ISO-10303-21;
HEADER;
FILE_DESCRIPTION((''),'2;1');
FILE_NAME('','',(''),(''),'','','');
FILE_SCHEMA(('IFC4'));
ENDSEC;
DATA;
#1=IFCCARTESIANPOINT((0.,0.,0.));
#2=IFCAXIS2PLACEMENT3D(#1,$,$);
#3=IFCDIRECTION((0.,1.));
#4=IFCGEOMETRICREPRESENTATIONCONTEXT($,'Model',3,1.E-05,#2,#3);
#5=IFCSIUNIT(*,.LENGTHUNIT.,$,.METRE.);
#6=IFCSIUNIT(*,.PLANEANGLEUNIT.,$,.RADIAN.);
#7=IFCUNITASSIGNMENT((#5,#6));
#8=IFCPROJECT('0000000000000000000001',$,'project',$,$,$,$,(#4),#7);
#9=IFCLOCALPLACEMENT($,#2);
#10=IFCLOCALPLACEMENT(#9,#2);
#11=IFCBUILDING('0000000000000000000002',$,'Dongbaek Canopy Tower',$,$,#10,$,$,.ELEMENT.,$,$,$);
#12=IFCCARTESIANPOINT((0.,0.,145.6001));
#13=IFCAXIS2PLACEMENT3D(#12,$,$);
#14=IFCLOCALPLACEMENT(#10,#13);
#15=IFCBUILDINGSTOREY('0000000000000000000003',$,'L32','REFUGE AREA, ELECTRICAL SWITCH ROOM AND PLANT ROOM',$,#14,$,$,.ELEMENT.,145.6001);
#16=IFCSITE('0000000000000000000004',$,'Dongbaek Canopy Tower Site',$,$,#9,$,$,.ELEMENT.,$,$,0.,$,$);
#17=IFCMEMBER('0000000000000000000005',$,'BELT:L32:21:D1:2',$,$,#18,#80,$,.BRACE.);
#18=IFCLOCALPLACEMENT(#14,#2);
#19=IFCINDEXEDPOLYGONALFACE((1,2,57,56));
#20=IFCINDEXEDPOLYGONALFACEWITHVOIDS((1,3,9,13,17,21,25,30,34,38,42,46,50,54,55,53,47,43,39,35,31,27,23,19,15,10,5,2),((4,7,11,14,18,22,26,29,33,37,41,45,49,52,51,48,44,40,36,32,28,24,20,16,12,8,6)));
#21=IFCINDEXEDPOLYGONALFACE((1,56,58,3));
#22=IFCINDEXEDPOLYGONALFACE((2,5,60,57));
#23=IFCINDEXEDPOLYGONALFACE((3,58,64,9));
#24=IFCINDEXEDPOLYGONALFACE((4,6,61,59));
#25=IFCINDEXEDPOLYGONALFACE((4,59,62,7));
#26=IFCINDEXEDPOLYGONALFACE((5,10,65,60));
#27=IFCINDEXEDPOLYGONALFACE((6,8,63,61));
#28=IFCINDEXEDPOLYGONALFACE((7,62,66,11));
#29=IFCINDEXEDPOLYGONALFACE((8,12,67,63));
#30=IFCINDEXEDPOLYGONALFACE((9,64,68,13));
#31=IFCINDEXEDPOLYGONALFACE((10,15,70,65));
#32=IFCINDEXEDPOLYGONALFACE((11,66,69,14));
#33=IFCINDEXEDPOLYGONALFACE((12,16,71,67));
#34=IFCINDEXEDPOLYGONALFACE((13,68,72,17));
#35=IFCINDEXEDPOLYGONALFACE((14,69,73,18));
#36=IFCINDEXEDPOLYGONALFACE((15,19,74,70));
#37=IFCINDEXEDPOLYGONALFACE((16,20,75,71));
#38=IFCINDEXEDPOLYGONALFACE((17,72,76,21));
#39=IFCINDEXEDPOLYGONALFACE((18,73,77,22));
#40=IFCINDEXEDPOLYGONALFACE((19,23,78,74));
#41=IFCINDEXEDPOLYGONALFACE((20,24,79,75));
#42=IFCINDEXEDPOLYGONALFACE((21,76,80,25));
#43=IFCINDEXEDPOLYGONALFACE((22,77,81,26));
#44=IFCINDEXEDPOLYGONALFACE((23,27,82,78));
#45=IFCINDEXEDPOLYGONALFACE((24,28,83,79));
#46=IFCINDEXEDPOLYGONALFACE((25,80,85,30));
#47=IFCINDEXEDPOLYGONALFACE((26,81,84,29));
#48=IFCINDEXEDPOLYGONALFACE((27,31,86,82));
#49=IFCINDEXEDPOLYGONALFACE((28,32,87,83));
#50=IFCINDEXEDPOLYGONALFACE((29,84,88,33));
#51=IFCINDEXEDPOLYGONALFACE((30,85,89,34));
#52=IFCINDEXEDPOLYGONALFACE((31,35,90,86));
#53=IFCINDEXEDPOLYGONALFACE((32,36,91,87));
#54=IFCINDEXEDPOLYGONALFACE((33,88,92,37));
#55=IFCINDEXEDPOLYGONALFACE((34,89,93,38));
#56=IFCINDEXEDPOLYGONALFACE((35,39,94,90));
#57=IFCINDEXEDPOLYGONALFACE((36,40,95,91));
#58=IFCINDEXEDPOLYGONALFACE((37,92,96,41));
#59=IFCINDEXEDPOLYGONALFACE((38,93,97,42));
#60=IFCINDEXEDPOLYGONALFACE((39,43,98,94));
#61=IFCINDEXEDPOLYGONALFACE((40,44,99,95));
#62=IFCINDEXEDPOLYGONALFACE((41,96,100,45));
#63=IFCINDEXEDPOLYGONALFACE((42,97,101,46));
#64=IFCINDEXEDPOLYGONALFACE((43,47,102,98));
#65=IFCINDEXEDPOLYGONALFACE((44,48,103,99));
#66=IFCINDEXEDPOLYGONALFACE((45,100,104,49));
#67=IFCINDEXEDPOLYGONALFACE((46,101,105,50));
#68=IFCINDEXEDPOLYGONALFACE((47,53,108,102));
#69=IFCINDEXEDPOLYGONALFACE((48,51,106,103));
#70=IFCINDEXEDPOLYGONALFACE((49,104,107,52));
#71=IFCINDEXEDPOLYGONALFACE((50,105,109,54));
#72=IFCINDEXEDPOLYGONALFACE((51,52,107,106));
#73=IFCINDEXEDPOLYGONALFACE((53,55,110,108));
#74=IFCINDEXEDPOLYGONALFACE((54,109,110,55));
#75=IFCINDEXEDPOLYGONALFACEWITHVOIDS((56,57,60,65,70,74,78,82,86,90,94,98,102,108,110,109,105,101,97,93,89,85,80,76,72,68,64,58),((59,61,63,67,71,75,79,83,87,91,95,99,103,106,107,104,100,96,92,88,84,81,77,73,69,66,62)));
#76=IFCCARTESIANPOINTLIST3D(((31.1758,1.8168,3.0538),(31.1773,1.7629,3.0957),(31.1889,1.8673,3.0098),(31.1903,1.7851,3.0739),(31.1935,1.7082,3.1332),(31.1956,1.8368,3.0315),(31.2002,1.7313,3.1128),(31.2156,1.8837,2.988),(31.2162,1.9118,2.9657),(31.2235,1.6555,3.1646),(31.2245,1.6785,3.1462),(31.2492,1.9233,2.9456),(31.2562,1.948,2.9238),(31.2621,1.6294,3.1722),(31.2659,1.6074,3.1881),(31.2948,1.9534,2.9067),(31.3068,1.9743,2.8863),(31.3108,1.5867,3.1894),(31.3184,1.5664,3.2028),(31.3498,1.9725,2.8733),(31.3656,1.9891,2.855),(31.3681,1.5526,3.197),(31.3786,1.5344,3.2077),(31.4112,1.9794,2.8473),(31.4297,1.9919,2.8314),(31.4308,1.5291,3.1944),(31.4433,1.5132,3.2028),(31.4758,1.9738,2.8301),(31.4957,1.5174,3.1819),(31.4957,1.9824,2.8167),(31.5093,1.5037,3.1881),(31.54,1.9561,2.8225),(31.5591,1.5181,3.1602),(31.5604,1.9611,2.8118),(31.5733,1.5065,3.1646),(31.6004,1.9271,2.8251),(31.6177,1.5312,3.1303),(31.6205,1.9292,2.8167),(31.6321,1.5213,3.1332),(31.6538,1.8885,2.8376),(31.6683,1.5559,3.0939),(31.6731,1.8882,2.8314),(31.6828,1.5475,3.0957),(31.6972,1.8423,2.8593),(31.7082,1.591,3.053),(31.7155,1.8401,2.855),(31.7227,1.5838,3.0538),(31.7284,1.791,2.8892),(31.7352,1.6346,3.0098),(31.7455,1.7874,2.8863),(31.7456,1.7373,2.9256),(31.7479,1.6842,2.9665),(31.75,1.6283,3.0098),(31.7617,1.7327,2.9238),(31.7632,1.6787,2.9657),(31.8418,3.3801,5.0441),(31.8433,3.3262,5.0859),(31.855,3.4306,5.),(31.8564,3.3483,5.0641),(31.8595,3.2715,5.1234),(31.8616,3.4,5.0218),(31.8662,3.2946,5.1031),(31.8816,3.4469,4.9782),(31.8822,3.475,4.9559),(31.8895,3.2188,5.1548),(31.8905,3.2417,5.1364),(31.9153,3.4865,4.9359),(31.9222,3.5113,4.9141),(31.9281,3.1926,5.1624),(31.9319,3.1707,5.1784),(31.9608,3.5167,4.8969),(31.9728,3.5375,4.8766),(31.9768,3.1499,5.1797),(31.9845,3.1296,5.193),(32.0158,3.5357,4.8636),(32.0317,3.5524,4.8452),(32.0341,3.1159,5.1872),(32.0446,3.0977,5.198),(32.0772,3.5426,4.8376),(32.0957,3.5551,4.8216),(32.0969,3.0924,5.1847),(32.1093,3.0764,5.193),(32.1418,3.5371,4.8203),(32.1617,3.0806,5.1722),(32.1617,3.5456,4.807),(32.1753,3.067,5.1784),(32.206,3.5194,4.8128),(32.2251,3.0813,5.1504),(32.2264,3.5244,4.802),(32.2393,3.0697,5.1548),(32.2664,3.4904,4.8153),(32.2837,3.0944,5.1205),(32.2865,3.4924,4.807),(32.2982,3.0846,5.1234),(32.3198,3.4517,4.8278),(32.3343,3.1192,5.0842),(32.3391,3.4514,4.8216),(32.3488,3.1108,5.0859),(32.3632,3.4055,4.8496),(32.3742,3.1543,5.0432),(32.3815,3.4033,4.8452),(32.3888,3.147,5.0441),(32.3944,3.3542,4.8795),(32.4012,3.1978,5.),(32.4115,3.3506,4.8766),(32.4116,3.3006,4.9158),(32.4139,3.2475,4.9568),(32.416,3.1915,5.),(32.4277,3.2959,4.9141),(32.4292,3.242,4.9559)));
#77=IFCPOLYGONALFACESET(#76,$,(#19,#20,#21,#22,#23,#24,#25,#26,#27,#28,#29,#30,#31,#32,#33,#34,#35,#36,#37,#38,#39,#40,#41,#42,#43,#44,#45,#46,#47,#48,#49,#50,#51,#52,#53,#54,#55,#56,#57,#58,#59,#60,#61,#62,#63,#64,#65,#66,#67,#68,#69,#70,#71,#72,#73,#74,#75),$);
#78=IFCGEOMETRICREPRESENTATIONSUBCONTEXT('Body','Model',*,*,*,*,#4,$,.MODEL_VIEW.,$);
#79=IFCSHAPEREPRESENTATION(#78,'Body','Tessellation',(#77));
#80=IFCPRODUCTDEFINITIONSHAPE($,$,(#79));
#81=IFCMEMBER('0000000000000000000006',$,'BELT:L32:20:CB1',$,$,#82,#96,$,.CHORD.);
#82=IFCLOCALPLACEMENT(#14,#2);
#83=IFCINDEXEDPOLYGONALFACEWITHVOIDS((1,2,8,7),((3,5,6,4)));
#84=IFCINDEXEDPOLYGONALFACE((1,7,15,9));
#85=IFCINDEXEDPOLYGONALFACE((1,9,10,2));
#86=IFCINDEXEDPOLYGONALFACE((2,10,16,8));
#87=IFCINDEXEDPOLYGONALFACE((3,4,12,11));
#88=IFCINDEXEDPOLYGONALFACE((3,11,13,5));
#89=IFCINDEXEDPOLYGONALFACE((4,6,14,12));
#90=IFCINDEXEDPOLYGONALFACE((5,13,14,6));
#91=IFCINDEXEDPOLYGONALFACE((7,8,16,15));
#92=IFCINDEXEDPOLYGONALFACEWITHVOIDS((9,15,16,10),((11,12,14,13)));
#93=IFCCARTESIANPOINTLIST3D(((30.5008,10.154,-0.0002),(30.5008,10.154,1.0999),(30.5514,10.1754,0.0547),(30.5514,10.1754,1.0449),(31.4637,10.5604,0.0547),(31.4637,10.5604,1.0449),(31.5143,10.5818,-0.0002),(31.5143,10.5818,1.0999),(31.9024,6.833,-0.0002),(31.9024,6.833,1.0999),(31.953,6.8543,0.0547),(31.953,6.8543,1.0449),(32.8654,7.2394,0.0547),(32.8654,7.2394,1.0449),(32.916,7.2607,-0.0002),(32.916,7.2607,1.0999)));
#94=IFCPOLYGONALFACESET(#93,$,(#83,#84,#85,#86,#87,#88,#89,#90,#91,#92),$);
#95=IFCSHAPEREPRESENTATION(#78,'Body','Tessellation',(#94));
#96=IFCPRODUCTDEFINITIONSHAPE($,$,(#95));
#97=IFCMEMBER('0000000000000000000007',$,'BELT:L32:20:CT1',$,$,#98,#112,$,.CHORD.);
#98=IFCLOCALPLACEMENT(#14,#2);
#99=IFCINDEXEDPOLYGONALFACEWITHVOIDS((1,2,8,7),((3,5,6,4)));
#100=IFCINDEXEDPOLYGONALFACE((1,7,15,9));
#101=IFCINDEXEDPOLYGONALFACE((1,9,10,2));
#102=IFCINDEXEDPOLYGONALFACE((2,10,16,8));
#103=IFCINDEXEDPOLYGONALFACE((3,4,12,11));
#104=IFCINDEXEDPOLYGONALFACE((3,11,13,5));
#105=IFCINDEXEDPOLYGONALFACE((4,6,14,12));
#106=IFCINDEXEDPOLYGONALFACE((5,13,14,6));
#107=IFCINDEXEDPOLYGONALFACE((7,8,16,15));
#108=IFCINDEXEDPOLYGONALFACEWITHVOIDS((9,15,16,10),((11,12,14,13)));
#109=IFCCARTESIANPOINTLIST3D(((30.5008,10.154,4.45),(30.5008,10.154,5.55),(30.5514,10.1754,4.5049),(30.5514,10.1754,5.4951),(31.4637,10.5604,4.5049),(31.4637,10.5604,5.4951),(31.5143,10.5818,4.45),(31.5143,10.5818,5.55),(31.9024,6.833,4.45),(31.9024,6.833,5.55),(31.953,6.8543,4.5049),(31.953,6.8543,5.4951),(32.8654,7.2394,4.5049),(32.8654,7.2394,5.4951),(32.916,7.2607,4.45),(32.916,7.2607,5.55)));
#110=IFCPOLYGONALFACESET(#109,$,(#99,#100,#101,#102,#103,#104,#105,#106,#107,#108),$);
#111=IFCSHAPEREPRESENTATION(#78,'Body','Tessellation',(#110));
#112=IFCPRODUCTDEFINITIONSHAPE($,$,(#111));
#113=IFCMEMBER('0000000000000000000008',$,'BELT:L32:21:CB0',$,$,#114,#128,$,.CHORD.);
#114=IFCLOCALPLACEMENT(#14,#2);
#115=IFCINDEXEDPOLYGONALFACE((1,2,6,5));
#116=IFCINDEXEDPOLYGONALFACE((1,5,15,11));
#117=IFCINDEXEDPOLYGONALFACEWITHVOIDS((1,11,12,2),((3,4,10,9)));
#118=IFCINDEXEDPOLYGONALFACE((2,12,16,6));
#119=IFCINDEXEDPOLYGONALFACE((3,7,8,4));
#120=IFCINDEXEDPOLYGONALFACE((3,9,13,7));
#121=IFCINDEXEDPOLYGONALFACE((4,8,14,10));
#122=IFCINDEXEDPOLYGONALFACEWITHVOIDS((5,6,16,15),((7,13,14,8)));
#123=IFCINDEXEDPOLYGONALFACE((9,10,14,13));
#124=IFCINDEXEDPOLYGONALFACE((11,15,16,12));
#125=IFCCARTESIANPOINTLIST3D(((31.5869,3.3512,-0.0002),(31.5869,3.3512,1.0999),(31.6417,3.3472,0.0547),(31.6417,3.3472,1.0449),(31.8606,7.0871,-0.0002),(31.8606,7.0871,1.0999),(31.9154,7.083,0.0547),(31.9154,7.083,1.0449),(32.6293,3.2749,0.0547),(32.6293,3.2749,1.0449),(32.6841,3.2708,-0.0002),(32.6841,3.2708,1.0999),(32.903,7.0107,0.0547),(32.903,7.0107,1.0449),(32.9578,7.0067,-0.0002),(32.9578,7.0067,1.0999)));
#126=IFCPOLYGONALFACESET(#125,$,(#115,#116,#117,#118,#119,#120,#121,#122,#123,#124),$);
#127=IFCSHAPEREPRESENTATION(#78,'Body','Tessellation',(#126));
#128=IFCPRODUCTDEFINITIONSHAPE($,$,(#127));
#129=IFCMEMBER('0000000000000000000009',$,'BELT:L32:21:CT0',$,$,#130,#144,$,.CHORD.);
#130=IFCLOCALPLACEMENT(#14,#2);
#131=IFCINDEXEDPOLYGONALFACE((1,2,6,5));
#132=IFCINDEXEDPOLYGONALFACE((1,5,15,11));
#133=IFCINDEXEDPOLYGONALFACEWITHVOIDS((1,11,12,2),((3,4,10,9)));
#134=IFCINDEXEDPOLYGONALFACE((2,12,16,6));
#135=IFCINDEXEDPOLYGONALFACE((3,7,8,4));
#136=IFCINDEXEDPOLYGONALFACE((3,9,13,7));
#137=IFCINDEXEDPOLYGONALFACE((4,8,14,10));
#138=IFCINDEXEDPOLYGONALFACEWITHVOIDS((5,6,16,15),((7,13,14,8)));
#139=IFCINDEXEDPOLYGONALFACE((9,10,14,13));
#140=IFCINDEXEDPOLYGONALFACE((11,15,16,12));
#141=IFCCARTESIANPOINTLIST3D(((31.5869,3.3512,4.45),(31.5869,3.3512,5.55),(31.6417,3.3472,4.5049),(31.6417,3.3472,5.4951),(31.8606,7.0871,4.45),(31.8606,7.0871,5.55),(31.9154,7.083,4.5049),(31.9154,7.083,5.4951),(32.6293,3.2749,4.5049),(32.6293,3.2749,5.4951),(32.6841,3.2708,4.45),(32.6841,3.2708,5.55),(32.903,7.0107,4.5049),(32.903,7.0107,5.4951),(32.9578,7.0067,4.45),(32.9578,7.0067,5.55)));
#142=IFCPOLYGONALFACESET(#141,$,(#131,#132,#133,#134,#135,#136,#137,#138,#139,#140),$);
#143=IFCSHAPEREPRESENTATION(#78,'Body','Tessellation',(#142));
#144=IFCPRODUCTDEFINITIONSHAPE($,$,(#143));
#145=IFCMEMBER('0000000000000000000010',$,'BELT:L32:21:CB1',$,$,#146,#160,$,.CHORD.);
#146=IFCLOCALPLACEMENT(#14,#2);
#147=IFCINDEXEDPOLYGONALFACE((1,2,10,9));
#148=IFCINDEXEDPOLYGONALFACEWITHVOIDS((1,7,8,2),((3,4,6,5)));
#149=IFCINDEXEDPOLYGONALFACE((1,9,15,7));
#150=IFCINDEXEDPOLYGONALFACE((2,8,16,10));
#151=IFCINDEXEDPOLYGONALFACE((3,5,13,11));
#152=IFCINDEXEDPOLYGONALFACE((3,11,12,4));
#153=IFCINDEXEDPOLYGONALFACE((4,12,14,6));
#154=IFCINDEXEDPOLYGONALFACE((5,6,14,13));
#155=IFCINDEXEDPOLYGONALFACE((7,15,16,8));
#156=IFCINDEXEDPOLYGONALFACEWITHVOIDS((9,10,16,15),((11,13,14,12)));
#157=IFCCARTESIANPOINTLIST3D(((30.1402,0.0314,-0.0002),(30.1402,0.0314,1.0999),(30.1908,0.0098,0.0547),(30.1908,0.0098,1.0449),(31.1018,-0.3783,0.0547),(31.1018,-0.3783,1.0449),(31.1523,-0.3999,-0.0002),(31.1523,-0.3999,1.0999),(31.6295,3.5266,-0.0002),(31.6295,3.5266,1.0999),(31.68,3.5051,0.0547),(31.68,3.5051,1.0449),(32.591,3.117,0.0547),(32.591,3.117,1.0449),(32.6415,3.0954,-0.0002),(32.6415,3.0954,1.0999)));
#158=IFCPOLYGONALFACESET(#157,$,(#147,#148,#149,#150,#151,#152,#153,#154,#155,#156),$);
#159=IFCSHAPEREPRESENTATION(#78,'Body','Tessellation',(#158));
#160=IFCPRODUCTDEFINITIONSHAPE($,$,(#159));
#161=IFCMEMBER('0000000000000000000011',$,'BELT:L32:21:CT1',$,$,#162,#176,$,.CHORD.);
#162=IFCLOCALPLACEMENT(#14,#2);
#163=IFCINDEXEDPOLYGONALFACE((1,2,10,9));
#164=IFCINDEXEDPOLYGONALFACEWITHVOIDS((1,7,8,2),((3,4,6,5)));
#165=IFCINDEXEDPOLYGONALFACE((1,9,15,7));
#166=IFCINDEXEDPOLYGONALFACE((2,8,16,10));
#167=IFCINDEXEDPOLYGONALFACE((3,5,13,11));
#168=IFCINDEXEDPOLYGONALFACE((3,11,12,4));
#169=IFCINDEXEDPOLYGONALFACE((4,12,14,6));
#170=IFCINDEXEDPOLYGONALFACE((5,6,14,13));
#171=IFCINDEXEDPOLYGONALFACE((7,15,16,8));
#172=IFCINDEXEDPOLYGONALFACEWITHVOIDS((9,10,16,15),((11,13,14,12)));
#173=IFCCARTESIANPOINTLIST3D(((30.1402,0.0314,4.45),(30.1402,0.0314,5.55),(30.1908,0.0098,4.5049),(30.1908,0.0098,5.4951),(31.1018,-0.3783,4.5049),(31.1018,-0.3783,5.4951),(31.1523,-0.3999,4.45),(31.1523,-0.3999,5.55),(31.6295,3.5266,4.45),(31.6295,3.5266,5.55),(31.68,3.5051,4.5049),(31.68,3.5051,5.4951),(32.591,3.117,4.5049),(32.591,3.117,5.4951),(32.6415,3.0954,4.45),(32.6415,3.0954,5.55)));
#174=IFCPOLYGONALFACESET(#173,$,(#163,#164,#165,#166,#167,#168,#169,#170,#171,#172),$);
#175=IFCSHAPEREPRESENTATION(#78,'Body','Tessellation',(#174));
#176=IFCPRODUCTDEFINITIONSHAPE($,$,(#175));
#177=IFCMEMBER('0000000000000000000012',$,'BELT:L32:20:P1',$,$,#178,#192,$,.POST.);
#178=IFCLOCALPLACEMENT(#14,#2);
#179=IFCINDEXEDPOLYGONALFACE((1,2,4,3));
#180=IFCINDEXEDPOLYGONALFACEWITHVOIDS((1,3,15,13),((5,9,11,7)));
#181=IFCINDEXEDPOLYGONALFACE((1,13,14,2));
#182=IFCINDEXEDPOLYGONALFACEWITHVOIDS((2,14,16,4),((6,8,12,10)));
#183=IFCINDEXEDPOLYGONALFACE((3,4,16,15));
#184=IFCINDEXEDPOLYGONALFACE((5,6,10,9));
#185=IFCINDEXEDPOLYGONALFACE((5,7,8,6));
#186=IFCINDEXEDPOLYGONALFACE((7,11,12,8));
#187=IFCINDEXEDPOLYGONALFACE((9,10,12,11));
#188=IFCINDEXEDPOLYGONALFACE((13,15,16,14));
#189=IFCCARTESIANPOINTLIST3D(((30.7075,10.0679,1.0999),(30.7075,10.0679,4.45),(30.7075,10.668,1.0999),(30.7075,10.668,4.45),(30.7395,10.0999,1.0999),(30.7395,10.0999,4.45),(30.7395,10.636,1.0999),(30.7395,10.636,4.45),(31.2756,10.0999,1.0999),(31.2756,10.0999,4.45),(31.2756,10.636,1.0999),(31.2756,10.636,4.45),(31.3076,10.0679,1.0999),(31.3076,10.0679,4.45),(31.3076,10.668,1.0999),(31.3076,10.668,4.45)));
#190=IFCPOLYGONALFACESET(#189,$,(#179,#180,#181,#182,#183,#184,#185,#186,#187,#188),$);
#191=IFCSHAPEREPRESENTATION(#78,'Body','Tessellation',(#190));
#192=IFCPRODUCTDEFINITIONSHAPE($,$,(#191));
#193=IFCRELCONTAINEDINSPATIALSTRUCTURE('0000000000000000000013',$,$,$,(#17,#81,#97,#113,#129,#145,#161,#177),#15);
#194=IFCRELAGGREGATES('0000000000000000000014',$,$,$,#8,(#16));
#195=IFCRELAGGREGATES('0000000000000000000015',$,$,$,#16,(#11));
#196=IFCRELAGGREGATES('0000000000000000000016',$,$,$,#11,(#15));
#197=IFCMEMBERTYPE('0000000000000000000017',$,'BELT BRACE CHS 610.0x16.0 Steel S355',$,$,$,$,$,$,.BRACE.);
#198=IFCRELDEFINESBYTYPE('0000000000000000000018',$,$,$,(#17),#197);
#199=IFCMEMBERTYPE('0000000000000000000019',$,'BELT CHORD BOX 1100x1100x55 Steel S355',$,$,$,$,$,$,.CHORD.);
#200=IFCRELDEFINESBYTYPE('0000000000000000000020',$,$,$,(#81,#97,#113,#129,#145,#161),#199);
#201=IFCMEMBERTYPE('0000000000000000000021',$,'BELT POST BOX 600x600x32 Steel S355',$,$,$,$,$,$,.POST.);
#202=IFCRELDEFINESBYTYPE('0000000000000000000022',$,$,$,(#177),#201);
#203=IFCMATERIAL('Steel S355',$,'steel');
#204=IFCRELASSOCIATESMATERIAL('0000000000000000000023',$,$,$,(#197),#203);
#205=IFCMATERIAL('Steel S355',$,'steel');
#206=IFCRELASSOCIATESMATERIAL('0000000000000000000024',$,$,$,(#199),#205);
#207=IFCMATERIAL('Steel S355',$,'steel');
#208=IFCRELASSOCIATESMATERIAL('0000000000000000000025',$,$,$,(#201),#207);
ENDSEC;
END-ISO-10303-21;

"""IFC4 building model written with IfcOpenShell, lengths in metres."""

from ifc_helpers import new_model, si_unit, direction, frame, origin, origin_2d, place, context, subcontext, project, spatial, hollow_rectangle, hollow_circle, extrude, material, material_profile, profile_set, type_object, element, save


model = new_model("IFC4")

# Units and contexts
model_context = context("Model", 3, precision=1e-05, world=origin(), true_north=direction((0.0, 1.0)))
body_context = subcontext(model_context, "Body", "Model", "MODEL_VIEW")
ifc_project = project(units=[si_unit("LENGTHUNIT", "METRE"), si_unit("PLANEANGLEUNIT", "RADIAN")], contexts=[model_context])

# Site, building, storey
site_placement = place(None, origin())
site = spatial("IfcSite", under=ifc_project, at=site_placement, Name="Dongbaek Canopy Tower Site", CompositionType="ELEMENT", RefElevation=0.0)
building_placement = place(site_placement, origin())
building = spatial("IfcBuilding", under=site, at=building_placement, Name="Dongbaek Canopy Tower", CompositionType="ELEMENT")
storey_placement = place(building_placement, frame((0.0, 0.0, 145.6001)))
storey = spatial("IfcBuildingStorey", under=building, at=storey_placement, Name="L32", Description="REFUGE AREA, ELECTRICAL SWITCH ROOM AND PLANT ROOM", CompositionType="ELEMENT", Elevation=145.6001)

# Members
ifc_material_1 = material(Name="Steel S355", Category="steel")
ifc_material_profile_1 = material_profile(ifc_material_1, hollow_circle(Radius=0.3049, WallThickness=0.0161, at=origin_2d()), Name="BELT BRACE CHS 610.0x16.0 Steel S355")
ifc_profile_set_1 = profile_set([ifc_material_profile_1], Name="Steel S355")
member_type_1 = type_object("IfcMemberType", Name="BELT BRACE CHS 610.0x16.0 Steel S355", PredefinedType="BRACE", material=ifc_profile_set_1)
member_1_placement = place(storey_placement, frame((32.1355, 3.311, 5.0), z_axis=(-0.254503, -0.597354, -0.760524), x_axis=(0.919983, -0.391959, 0.0)))
element("IfcMember", 1, at=member_1_placement, inside=storey, type_object=member_type_1, Name="BELT:L32:21:D1:2", PredefinedType="BRACE", context=body_context, shape_type="SweptSolid", body=[
    extrude(hollow_circle(Radius=0.3049, WallThickness=0.0161, at=origin_2d()), origin(), (0.0, 0.0, 1.0), 2.6169),
])
ifc_material_2 = material(Name="Steel S355", Category="steel")
ifc_material_profile_2 = material_profile(ifc_material_2, hollow_rectangle(XDim=1.1001, YDim=1.1001, WallThickness=0.0549, at=origin_2d()), Name="BELT CHORD BOX 1100x1100x55 Steel S355")
ifc_profile_set_2 = profile_set([ifc_material_profile_2], Name="Steel S355")
member_type_2 = type_object("IfcMemberType", Name="BELT CHORD BOX 1100x1100x55 Steel S355", PredefinedType="CHORD", material=ifc_profile_set_2)
for number, where, z_axis, x_axis, name in (
    (2, (31.0076, 10.3679, 0.5498), (0.388829, -0.92131, 0.0), (0.92131, 0.388829, 0.0), "BELT:L32:20:CB1"),
    (3, (31.0076, 10.3679, 5.0), (0.388829, -0.92131, 0.0), (0.92131, 0.388829, 0.0), "BELT:L32:20:CT1"),
):
    element("IfcMember", number, at=place(storey_placement, frame(where, z_axis=z_axis, x_axis=x_axis)), inside=storey, type_object=member_type_2, Name=name, PredefinedType="CHORD", context=body_context, shape_type="SweptSolid", body=[
        extrude(hollow_rectangle(XDim=1.1001, YDim=1.1001, WallThickness=0.0549, at=origin_2d()), origin(), (0.0, 0.0, 1.0), 3.6047),
    ])
for number, where, z_axis, x_axis, name in (
    (4, (32.4092, 7.0469, 0.5498), (-0.073063, -0.997327, 0.0), (0.997327, -0.073063, 0.0), "BELT:L32:21:CB0"),
    (5, (32.4092, 7.0469, 5.0), (-0.073063, -0.997327, 0.0), (0.997327, -0.073063, 0.0), "BELT:L32:21:CT0"),
):
    element("IfcMember", number, at=place(storey_placement, frame(where, z_axis=z_axis, x_axis=x_axis)), inside=storey, type_object=member_type_2, Name=name, PredefinedType="CHORD", context=body_context, shape_type="SweptSolid", body=[
        extrude(hollow_rectangle(XDim=1.1001, YDim=1.1001, WallThickness=0.0549, at=origin_2d()), origin(), (0.0, 0.0, 1.0), 3.7458),
    ])
for number, where, z_axis, x_axis, name in (
    (6, (32.1355, 3.311, 0.5498), (-0.391972, -0.919977, 0.0), (0.919977, -0.391972, 0.0), "BELT:L32:21:CB1"),
    (7, (32.1355, 3.311, 5.0), (-0.391972, -0.919977, 0.0), (0.919977, -0.391972, 0.0), "BELT:L32:21:CT1"),
):
    element("IfcMember", number, at=place(storey_placement, frame(where, z_axis=z_axis, x_axis=x_axis)), inside=storey, type_object=member_type_2, Name=name, PredefinedType="CHORD", context=body_context, shape_type="SweptSolid", body=[
        extrude(hollow_rectangle(XDim=1.1001, YDim=1.1001, WallThickness=0.0549, at=origin_2d()), origin(), (0.0, 0.0, 1.0), 3.7993),
    ])
ifc_material_3 = material(Name="Steel S355", Category="steel")
ifc_material_profile_3 = material_profile(ifc_material_3, hollow_rectangle(XDim=0.6001, YDim=0.6001, WallThickness=0.032, at=origin_2d()), Name="BELT POST BOX 600x600x32 Steel S355")
ifc_profile_set_3 = profile_set([ifc_material_profile_3], Name="Steel S355")
member_type_3 = type_object("IfcMemberType", Name="BELT POST BOX 600x600x32 Steel S355", PredefinedType="POST", material=ifc_profile_set_3)
for number, where, z_axis, x_axis, name in (
    (8, (31.0076, 10.3679, 1.0999), (0.0, 0.0, 1.0), (1.0, 0.0, 0.0), "BELT:L32:20:P1"),
):
    element("IfcMember", number, at=place(storey_placement, frame(where, z_axis=z_axis, x_axis=x_axis)), inside=storey, type_object=member_type_3, Name=name, PredefinedType="POST", context=body_context, shape_type="SweptSolid", body=[
        extrude(hollow_rectangle(XDim=0.6001, YDim=0.6001, WallThickness=0.032, at=origin_2d()), origin(), (0.0, 0.0, 1.0), 3.3501),
    ])

save(model, "model.ifc")
